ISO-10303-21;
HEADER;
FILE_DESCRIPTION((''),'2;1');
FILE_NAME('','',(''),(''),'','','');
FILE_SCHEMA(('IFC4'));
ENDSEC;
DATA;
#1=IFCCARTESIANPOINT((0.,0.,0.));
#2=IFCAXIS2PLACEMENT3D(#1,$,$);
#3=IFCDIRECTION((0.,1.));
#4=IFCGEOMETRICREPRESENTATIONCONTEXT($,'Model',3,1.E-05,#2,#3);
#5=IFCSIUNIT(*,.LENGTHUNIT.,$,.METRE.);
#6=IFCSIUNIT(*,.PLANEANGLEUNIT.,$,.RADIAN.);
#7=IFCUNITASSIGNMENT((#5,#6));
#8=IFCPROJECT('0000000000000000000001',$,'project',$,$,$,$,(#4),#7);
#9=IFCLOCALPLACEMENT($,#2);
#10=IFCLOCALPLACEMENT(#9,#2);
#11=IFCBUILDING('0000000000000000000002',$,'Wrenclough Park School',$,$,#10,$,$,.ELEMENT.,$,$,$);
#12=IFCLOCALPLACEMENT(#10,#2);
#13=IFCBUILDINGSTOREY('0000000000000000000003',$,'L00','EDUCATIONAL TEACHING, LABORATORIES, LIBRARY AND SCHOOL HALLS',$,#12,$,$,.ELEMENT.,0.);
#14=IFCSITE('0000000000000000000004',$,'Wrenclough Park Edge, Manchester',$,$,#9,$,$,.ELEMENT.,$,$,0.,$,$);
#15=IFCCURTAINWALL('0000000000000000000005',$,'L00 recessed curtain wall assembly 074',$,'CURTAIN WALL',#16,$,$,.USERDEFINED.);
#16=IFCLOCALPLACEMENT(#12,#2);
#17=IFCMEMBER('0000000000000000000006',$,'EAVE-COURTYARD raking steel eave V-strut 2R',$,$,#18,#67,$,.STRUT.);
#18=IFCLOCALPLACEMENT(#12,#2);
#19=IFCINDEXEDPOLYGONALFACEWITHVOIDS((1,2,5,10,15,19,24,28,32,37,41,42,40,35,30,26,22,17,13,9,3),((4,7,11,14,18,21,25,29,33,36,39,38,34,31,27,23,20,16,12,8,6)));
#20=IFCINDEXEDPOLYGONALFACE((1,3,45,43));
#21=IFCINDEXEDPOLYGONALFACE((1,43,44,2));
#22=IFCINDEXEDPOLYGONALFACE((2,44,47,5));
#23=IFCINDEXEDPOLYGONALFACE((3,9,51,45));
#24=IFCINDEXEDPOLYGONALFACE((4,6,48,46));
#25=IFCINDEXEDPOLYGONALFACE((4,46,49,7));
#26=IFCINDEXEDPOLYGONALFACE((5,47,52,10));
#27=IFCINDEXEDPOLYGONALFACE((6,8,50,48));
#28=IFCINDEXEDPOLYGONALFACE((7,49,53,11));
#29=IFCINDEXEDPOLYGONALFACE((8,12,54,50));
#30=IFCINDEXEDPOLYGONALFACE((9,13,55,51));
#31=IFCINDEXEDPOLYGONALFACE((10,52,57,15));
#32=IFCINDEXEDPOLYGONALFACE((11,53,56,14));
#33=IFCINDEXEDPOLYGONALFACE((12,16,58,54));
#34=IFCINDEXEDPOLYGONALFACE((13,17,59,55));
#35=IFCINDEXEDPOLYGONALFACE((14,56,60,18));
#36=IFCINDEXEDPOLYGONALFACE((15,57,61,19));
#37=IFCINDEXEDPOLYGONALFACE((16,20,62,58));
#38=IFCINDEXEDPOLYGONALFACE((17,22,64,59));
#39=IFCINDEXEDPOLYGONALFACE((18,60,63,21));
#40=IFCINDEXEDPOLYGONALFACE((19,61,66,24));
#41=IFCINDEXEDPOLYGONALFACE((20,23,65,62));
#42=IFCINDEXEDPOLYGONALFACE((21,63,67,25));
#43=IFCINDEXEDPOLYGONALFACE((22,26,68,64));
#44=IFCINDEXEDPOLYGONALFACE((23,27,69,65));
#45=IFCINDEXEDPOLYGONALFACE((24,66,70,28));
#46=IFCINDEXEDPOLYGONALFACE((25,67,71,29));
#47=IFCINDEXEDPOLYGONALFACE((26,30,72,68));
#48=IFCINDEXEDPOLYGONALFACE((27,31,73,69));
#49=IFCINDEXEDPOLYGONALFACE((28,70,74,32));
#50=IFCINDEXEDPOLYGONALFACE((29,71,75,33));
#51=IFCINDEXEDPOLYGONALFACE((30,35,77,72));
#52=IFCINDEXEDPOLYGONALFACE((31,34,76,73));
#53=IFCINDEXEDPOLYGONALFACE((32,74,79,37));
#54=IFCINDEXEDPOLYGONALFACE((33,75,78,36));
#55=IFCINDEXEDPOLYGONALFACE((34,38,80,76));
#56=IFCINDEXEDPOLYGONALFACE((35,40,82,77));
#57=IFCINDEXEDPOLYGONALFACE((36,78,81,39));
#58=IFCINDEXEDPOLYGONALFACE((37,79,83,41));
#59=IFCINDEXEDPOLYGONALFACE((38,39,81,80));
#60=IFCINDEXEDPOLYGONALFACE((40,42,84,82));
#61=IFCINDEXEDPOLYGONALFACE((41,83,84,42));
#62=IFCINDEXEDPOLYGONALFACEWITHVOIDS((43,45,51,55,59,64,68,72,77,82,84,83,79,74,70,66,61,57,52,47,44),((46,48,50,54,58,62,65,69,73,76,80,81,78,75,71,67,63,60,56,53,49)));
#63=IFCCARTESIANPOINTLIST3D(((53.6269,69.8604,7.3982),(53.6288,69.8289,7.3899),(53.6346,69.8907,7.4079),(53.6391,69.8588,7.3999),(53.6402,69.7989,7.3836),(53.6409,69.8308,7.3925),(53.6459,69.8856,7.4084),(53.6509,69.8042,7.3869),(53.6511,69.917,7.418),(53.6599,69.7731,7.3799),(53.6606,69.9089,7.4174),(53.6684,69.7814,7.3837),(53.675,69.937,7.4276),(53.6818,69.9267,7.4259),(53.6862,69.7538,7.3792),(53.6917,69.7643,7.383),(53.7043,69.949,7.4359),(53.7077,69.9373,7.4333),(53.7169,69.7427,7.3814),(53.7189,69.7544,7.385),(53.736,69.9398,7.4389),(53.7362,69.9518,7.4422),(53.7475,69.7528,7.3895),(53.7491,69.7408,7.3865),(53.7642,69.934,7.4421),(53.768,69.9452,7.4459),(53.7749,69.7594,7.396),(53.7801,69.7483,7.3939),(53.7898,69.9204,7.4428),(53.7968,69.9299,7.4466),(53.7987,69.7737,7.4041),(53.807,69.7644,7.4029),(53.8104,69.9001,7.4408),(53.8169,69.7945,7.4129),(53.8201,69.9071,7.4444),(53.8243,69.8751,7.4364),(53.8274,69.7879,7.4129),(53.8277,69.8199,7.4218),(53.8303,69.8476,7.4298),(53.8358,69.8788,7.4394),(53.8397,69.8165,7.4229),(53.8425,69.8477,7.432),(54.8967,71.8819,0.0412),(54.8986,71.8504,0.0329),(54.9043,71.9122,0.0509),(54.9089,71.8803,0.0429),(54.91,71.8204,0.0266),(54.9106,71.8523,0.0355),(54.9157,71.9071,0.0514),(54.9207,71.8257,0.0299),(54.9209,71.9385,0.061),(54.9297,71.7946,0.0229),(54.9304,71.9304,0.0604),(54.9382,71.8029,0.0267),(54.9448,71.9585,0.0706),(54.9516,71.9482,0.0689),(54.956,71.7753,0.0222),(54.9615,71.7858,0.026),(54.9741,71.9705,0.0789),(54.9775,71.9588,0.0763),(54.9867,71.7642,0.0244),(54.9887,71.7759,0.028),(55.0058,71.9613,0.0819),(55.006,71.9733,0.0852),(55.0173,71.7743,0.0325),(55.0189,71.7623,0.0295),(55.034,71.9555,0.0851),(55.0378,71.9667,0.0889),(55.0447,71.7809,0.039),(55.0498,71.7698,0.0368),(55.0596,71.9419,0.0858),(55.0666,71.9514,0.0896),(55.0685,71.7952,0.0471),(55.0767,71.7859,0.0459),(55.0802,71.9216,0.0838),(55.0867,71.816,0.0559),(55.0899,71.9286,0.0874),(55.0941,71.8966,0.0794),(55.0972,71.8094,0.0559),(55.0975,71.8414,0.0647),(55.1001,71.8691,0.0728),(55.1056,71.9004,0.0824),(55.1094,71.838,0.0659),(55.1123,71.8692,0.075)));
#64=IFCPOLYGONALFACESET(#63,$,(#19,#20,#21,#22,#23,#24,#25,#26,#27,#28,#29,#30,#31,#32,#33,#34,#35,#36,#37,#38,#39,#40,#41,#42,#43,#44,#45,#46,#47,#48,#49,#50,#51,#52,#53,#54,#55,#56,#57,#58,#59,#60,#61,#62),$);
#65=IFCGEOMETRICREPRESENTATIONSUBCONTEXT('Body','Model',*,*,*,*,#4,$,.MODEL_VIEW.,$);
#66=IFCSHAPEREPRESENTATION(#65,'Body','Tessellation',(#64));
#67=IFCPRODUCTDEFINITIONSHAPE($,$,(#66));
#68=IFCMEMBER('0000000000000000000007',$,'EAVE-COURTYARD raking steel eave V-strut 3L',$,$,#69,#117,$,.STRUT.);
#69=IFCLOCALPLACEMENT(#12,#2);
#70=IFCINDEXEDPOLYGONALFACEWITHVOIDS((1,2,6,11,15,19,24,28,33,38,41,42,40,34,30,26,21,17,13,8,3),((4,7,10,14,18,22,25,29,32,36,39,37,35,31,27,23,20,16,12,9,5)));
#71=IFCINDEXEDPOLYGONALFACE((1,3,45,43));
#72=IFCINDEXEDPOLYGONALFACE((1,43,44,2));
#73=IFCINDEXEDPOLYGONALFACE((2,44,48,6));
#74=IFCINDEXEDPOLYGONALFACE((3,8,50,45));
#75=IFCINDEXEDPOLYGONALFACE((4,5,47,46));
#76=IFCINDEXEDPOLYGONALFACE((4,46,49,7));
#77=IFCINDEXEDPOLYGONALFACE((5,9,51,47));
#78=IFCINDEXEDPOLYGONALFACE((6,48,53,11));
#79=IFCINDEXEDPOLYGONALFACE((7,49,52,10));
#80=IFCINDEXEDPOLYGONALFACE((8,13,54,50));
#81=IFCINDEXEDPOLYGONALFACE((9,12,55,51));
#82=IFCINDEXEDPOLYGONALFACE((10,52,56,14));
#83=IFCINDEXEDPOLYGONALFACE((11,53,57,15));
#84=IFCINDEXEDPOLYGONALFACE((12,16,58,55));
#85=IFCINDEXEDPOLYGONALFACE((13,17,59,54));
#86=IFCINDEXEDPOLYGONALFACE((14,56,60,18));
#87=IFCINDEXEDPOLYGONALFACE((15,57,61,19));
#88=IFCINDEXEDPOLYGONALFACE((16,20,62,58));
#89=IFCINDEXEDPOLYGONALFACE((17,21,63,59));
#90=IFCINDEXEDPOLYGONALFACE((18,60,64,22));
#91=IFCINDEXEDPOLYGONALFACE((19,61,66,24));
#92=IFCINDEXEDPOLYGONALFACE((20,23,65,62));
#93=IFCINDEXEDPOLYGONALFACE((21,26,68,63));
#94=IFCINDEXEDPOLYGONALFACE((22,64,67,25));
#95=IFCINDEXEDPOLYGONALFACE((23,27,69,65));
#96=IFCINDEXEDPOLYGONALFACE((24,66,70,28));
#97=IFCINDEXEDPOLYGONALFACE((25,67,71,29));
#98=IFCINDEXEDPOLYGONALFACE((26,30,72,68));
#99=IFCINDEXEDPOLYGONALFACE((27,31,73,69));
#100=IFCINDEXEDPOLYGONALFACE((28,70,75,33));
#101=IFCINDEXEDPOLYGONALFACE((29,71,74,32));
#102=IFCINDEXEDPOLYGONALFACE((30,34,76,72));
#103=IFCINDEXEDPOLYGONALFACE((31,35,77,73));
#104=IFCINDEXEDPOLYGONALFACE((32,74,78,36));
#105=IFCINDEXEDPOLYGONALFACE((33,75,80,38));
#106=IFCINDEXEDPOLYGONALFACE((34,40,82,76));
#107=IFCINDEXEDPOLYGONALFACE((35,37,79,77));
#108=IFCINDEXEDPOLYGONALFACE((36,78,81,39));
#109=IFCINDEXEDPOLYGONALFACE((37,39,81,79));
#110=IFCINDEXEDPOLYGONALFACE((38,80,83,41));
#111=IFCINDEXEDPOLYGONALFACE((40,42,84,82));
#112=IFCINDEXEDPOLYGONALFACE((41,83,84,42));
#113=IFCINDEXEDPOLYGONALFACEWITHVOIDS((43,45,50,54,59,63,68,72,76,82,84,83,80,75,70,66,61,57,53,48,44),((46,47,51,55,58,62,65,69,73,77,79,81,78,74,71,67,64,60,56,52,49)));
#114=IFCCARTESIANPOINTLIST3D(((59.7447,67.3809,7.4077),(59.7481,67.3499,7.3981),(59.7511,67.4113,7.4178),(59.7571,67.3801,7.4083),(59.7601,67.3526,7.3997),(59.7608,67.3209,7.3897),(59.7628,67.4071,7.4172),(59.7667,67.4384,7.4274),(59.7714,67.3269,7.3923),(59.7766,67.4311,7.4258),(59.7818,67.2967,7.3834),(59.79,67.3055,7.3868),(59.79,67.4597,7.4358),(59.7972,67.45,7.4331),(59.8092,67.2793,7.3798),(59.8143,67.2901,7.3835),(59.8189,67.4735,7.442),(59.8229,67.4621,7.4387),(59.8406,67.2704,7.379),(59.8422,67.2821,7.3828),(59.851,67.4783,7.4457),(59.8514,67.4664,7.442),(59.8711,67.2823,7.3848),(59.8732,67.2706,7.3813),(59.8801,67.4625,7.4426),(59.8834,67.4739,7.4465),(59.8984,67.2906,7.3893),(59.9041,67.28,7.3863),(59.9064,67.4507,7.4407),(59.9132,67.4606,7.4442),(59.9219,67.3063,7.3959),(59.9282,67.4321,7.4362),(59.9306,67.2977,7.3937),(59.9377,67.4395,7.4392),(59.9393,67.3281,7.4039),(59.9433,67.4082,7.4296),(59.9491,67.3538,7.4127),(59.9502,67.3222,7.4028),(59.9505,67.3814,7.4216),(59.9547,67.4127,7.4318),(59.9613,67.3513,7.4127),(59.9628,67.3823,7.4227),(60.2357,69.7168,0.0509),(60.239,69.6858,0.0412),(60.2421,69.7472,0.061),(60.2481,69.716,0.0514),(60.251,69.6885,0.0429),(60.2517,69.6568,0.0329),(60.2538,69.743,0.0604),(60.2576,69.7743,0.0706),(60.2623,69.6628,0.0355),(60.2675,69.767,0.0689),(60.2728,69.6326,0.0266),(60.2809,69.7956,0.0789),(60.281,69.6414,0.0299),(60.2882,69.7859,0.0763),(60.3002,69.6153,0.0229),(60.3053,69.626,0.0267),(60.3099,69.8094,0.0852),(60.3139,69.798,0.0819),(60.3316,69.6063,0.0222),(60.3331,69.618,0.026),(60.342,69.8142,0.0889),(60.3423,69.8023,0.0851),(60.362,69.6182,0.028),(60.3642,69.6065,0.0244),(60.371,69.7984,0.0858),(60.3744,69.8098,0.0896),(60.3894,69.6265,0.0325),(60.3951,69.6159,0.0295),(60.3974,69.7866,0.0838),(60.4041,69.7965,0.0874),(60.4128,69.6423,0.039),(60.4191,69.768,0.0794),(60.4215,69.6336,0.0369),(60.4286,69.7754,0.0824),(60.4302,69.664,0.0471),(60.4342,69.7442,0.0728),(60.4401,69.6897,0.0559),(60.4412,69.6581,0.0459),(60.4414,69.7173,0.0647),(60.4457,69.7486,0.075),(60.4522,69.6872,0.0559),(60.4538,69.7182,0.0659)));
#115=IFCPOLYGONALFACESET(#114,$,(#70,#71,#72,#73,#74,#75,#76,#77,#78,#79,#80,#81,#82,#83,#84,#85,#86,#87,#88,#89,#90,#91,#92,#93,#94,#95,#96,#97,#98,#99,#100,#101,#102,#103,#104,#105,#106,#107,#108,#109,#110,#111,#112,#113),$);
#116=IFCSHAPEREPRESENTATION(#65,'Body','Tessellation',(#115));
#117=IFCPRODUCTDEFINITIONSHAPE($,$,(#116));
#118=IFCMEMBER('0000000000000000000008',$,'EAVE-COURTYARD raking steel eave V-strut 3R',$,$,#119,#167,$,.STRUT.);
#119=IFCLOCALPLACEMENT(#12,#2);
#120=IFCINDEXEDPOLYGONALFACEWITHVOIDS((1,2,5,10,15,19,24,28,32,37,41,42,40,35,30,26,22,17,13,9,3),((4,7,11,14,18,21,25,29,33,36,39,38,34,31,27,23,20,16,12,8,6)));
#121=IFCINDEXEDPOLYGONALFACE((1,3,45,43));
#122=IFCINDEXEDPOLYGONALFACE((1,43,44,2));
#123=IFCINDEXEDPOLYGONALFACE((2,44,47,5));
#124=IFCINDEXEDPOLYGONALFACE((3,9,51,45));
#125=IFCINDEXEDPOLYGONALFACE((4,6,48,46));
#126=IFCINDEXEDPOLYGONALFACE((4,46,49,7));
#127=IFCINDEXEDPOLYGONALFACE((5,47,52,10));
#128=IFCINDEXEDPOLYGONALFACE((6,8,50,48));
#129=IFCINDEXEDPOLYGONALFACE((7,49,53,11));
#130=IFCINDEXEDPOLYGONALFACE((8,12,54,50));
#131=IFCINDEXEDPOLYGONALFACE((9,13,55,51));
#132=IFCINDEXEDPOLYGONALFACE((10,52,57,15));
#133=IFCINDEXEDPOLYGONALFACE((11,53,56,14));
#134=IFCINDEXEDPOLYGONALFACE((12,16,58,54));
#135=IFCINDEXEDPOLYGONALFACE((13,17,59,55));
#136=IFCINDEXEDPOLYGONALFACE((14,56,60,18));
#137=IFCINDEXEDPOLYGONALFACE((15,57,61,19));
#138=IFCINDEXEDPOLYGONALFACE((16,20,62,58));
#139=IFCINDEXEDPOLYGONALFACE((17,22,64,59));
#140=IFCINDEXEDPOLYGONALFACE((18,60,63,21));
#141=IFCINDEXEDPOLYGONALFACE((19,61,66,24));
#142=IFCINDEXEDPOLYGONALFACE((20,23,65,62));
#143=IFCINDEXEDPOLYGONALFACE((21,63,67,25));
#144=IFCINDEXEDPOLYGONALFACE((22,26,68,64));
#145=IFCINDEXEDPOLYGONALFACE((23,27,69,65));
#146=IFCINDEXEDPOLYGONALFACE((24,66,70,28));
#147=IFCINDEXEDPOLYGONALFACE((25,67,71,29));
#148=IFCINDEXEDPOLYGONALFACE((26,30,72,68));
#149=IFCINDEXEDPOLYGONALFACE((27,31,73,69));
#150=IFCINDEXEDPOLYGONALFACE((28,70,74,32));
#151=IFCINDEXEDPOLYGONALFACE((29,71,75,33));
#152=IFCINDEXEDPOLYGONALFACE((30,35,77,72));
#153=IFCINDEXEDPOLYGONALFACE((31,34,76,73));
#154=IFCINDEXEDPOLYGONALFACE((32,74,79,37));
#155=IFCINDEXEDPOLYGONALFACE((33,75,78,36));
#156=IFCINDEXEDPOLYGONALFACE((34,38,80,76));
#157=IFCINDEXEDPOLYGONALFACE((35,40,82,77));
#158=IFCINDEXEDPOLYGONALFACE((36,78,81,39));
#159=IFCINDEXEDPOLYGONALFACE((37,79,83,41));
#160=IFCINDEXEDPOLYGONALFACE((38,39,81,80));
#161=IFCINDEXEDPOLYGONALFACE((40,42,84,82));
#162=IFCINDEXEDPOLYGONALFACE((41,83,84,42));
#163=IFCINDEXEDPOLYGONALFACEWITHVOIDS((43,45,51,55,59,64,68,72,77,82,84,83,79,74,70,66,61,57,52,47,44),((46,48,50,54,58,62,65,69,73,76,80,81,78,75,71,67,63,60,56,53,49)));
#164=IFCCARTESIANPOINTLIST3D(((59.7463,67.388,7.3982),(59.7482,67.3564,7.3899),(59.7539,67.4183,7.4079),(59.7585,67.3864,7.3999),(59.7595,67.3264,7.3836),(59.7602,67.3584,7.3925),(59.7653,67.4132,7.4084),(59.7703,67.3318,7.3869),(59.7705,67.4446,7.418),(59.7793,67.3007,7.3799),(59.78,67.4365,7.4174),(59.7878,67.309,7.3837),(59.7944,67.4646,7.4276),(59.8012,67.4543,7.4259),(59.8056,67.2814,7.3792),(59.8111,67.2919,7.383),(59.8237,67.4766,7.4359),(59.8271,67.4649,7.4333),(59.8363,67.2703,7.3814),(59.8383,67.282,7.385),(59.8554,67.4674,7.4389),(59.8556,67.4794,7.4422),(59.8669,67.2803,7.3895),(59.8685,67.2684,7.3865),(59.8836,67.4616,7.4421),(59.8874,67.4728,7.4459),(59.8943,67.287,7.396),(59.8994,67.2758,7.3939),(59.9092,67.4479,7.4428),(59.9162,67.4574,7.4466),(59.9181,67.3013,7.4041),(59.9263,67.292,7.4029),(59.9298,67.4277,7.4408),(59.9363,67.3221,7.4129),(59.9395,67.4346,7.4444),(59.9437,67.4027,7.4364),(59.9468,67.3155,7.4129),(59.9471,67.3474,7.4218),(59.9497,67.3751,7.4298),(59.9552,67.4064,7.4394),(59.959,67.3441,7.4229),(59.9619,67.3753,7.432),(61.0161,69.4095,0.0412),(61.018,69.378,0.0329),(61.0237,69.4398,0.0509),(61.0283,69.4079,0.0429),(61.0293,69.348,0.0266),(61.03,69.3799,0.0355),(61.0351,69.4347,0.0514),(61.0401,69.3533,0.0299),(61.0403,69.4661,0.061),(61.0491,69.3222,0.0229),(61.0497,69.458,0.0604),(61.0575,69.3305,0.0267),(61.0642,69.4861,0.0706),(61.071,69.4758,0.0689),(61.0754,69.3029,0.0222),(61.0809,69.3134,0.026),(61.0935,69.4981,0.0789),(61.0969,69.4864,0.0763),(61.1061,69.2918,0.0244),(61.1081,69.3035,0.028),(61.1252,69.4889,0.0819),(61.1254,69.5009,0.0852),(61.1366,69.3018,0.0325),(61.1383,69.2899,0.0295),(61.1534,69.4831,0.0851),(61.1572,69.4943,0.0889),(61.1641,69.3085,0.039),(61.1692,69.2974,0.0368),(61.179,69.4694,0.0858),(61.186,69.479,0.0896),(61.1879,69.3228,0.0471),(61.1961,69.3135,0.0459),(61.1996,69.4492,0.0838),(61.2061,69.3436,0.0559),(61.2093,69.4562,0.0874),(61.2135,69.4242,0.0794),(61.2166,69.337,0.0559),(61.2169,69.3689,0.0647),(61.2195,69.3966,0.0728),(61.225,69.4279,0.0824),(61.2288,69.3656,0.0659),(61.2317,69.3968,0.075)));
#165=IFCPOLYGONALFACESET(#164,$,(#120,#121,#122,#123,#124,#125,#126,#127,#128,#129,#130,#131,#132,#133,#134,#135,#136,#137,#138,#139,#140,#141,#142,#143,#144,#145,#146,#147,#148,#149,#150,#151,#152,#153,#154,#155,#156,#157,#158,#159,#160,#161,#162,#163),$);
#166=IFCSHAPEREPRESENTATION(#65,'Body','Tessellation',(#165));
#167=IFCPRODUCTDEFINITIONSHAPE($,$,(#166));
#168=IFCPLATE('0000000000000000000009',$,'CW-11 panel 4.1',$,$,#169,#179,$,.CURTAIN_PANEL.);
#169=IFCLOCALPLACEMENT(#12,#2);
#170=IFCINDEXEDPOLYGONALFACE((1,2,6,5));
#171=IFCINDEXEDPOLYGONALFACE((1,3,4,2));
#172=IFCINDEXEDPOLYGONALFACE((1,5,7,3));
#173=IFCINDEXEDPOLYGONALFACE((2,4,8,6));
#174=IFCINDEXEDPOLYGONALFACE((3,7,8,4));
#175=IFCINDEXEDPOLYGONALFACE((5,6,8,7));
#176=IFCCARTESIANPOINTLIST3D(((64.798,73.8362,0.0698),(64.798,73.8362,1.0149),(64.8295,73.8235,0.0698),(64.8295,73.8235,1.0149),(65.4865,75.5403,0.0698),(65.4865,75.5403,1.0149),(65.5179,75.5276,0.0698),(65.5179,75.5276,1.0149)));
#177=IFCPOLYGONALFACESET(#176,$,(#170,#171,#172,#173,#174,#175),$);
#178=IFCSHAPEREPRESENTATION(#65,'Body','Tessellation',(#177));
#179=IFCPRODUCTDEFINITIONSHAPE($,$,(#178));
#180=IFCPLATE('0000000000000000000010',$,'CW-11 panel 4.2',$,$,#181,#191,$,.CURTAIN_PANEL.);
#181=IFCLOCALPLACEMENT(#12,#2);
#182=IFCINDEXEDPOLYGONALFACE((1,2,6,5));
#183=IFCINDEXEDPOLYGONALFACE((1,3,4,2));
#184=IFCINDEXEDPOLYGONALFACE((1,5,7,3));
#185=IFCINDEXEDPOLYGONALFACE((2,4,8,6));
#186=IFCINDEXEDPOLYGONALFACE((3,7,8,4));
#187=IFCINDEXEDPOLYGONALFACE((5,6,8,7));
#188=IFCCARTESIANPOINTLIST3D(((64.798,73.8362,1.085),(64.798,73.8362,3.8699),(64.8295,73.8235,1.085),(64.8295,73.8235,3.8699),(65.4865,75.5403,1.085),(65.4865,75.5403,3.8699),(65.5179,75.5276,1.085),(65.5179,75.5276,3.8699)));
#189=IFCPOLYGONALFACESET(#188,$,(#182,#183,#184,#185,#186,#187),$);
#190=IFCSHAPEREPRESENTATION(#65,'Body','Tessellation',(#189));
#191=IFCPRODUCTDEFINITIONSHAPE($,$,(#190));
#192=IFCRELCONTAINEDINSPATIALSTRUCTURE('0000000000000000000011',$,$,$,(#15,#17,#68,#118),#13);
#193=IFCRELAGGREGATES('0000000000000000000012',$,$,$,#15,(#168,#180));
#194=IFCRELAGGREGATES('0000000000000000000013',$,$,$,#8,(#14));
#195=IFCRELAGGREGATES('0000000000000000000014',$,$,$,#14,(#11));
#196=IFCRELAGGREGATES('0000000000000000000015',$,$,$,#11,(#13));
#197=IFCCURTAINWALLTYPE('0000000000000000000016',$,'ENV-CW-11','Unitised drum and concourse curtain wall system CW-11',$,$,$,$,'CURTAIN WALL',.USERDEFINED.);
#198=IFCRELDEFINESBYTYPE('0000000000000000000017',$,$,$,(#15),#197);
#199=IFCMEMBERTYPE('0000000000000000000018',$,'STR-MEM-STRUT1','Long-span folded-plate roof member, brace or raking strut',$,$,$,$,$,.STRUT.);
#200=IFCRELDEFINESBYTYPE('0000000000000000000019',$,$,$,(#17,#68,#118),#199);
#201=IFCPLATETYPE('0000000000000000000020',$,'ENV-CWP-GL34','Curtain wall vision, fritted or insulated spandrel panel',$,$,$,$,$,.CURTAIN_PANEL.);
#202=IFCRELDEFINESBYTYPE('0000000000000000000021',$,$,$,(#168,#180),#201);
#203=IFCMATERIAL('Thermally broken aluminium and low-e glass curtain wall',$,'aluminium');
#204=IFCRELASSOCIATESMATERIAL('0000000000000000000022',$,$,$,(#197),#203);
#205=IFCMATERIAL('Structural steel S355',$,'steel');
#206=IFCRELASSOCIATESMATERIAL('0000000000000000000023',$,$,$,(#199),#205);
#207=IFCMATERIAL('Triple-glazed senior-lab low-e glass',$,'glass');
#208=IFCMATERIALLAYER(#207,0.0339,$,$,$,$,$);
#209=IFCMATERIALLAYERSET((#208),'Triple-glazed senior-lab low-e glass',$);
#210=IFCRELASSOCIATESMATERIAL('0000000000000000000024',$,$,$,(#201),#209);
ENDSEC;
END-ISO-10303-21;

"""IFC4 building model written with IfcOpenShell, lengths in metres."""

from ifc_helpers import new_model, si_unit, direction, frame, origin, origin_2d, place, context, subcontext, project, spatial, rectangle, hollow_circle, extrude, material, layer, layer_set, material_profile, profile_set, type_object, element, aggregate, save


model = new_model("IFC4")

# Units and contexts
model_context = context("Model", 3, precision=1e-05, world=origin(), true_north=direction((0.0, 1.0)))
body_context = subcontext(model_context, "Body", "Model", "MODEL_VIEW")
ifc_project = project(units=[si_unit("LENGTHUNIT", "METRE"), si_unit("PLANEANGLEUNIT", "RADIAN")], contexts=[model_context])

# Site, building, storey
site_placement = place(None, origin())
site = spatial("IfcSite", under=ifc_project, at=site_placement, Name="Wrenclough Park Edge, Manchester", CompositionType="ELEMENT", RefElevation=0.0)
building_placement = place(site_placement, origin())
building = spatial("IfcBuilding", under=site, at=building_placement, Name="Wrenclough Park School", CompositionType="ELEMENT")
storey_placement = place(building_placement, origin())
storey = spatial("IfcBuildingStorey", under=building, at=storey_placement, Name="L00", Description="EDUCATIONAL TEACHING, LABORATORIES, LIBRARY AND SCHOOL HALLS", CompositionType="ELEMENT", Elevation=0.0)

# Shared definitions
ifc_material_1 = material(Name="Structural steel S355", Category="steel")

# Shared definitions
ifc_material_2 = material(Name="Thermally broken aluminium and low-e glass curtain wall", Category="aluminium")

# Curtain wall
curtain_wall_type_1 = type_object("IfcCurtainWallType", Name="ENV-CW-11", Description="Unitised drum and concourse curtain wall system CW-11", ElementType="CURTAIN WALL", PredefinedType="USERDEFINED", material=ifc_material_2)
curtain_wall_1_placement = place(storey_placement, origin())
curtain_wall_1 = element("IfcCurtainWall", 1, at=curtain_wall_1_placement, inside=storey, type_object=curtain_wall_type_1, Name="L00 recessed curtain wall assembly 074", ObjectType="CURTAIN WALL", PredefinedType="USERDEFINED")

# Members
ifc_material_profile_1 = material_profile(ifc_material_1, hollow_circle(Radius=0.1096, WallThickness=0.0125, at=origin_2d()), Name="CHS 219.1x12.5")
ifc_profile_set_1 = profile_set([ifc_material_profile_1], Name="Structural steel S355")
member_type_1 = type_object("IfcMemberType", Name="STR-MEM-STRUT1", Description="Long-span folded-plate roof member, brace or raking strut", PredefinedType="STRUT", material=ifc_profile_set_1)
member_1_placement = place(storey_placement, frame((55.0044, 71.8677, 0.0559), z_axis=(-0.164169, -0.261358, 0.951178), x_axis=(0.846801, -0.53191, 0.0)))
element("IfcMember", 2, at=member_1_placement, inside=storey, type_object=member_type_1, Name="EAVE-COURTYARD raking steel eave V-strut 2R", PredefinedType="STRUT", context=body_context, shape_type="SweptSolid", body=[
    extrude(hollow_circle(Radius=0.1096, WallThickness=0.0125, at=origin_2d()), origin(), (0.0, 0.0, 1.0), 7.7346),
])
member_2_placement = place(storey_placement, frame((60.345, 69.7097, 0.0559), z_axis=(-0.063478, -0.302016, 0.951187), x_axis=(0.978618, -0.205686, 0.0)))
element("IfcMember", 3, at=member_2_placement, inside=storey, type_object=member_type_1, Name="EAVE-COURTYARD raking steel eave V-strut 3L", PredefinedType="STRUT", context=body_context, shape_type="SweptSolid", body=[
    extrude(hollow_circle(Radius=0.1096, WallThickness=0.0125, at=origin_2d()), origin(), (0.0, 0.0, 1.0), 7.7344),
])
member_3_placement = place(storey_placement, frame((61.1238, 69.3953, 0.0559), z_axis=(-0.164169, -0.261358, 0.951178), x_axis=(0.846801, -0.53191, 0.0)))
element("IfcMember", 4, at=member_3_placement, inside=storey, type_object=member_type_1, Name="EAVE-COURTYARD raking steel eave V-strut 3R", PredefinedType="STRUT", context=body_context, shape_type="SweptSolid", body=[
    extrude(hollow_circle(Radius=0.1096, WallThickness=0.0125, at=origin_2d()), origin(), (0.0, 0.0, 1.0), 7.7346),
])

# Plates
ifc_material_3 = material(Name="Triple-glazed senior-lab low-e glass", Category="glass")
ifc_layer_1 = layer(ifc_material_3, 0.0339)
ifc_layer_set_1 = layer_set([ifc_layer_1], Name="Triple-glazed senior-lab low-e glass")
plate_type_1 = type_object("IfcPlateType", Name="ENV-CWP-GL34", Description="Curtain wall vision, fritted or insulated spandrel panel", PredefinedType="CURTAIN_PANEL", material=ifc_layer_set_1)
plate_1_placement = place(storey_placement, frame((65.158, 74.6819, 0.0698), z_axis=(0.0, 0.0, 1.0), x_axis=(-0.374601, -0.927186, 0.0)))
plate_1 = element("IfcPlate", 5, at=plate_1_placement, type_object=plate_type_1, Name="CW-11 panel 4.1", PredefinedType="CURTAIN_PANEL", context=body_context, shape_type="SweptSolid", body=[
    extrude(rectangle(XDim=1.8379, YDim=0.0339, at=origin_2d()), origin(), (0.0, 0.0, 1.0), 0.9451),
])
plate_2_placement = place(storey_placement, frame((65.158, 74.6819, 1.085), z_axis=(0.0, 0.0, 1.0), x_axis=(-0.374601, -0.927186, 0.0)))
plate_2 = element("IfcPlate", 6, at=plate_2_placement, type_object=plate_type_1, Name="CW-11 panel 4.2", PredefinedType="CURTAIN_PANEL", context=body_context, shape_type="SweptSolid", body=[
    extrude(rectangle(XDim=1.8379, YDim=0.0339, at=origin_2d()), origin(), (0.0, 0.0, 1.0), 2.7849),
])
aggregate(curtain_wall_1, [plate_1, plate_2])

save(model, "model.ifc")
